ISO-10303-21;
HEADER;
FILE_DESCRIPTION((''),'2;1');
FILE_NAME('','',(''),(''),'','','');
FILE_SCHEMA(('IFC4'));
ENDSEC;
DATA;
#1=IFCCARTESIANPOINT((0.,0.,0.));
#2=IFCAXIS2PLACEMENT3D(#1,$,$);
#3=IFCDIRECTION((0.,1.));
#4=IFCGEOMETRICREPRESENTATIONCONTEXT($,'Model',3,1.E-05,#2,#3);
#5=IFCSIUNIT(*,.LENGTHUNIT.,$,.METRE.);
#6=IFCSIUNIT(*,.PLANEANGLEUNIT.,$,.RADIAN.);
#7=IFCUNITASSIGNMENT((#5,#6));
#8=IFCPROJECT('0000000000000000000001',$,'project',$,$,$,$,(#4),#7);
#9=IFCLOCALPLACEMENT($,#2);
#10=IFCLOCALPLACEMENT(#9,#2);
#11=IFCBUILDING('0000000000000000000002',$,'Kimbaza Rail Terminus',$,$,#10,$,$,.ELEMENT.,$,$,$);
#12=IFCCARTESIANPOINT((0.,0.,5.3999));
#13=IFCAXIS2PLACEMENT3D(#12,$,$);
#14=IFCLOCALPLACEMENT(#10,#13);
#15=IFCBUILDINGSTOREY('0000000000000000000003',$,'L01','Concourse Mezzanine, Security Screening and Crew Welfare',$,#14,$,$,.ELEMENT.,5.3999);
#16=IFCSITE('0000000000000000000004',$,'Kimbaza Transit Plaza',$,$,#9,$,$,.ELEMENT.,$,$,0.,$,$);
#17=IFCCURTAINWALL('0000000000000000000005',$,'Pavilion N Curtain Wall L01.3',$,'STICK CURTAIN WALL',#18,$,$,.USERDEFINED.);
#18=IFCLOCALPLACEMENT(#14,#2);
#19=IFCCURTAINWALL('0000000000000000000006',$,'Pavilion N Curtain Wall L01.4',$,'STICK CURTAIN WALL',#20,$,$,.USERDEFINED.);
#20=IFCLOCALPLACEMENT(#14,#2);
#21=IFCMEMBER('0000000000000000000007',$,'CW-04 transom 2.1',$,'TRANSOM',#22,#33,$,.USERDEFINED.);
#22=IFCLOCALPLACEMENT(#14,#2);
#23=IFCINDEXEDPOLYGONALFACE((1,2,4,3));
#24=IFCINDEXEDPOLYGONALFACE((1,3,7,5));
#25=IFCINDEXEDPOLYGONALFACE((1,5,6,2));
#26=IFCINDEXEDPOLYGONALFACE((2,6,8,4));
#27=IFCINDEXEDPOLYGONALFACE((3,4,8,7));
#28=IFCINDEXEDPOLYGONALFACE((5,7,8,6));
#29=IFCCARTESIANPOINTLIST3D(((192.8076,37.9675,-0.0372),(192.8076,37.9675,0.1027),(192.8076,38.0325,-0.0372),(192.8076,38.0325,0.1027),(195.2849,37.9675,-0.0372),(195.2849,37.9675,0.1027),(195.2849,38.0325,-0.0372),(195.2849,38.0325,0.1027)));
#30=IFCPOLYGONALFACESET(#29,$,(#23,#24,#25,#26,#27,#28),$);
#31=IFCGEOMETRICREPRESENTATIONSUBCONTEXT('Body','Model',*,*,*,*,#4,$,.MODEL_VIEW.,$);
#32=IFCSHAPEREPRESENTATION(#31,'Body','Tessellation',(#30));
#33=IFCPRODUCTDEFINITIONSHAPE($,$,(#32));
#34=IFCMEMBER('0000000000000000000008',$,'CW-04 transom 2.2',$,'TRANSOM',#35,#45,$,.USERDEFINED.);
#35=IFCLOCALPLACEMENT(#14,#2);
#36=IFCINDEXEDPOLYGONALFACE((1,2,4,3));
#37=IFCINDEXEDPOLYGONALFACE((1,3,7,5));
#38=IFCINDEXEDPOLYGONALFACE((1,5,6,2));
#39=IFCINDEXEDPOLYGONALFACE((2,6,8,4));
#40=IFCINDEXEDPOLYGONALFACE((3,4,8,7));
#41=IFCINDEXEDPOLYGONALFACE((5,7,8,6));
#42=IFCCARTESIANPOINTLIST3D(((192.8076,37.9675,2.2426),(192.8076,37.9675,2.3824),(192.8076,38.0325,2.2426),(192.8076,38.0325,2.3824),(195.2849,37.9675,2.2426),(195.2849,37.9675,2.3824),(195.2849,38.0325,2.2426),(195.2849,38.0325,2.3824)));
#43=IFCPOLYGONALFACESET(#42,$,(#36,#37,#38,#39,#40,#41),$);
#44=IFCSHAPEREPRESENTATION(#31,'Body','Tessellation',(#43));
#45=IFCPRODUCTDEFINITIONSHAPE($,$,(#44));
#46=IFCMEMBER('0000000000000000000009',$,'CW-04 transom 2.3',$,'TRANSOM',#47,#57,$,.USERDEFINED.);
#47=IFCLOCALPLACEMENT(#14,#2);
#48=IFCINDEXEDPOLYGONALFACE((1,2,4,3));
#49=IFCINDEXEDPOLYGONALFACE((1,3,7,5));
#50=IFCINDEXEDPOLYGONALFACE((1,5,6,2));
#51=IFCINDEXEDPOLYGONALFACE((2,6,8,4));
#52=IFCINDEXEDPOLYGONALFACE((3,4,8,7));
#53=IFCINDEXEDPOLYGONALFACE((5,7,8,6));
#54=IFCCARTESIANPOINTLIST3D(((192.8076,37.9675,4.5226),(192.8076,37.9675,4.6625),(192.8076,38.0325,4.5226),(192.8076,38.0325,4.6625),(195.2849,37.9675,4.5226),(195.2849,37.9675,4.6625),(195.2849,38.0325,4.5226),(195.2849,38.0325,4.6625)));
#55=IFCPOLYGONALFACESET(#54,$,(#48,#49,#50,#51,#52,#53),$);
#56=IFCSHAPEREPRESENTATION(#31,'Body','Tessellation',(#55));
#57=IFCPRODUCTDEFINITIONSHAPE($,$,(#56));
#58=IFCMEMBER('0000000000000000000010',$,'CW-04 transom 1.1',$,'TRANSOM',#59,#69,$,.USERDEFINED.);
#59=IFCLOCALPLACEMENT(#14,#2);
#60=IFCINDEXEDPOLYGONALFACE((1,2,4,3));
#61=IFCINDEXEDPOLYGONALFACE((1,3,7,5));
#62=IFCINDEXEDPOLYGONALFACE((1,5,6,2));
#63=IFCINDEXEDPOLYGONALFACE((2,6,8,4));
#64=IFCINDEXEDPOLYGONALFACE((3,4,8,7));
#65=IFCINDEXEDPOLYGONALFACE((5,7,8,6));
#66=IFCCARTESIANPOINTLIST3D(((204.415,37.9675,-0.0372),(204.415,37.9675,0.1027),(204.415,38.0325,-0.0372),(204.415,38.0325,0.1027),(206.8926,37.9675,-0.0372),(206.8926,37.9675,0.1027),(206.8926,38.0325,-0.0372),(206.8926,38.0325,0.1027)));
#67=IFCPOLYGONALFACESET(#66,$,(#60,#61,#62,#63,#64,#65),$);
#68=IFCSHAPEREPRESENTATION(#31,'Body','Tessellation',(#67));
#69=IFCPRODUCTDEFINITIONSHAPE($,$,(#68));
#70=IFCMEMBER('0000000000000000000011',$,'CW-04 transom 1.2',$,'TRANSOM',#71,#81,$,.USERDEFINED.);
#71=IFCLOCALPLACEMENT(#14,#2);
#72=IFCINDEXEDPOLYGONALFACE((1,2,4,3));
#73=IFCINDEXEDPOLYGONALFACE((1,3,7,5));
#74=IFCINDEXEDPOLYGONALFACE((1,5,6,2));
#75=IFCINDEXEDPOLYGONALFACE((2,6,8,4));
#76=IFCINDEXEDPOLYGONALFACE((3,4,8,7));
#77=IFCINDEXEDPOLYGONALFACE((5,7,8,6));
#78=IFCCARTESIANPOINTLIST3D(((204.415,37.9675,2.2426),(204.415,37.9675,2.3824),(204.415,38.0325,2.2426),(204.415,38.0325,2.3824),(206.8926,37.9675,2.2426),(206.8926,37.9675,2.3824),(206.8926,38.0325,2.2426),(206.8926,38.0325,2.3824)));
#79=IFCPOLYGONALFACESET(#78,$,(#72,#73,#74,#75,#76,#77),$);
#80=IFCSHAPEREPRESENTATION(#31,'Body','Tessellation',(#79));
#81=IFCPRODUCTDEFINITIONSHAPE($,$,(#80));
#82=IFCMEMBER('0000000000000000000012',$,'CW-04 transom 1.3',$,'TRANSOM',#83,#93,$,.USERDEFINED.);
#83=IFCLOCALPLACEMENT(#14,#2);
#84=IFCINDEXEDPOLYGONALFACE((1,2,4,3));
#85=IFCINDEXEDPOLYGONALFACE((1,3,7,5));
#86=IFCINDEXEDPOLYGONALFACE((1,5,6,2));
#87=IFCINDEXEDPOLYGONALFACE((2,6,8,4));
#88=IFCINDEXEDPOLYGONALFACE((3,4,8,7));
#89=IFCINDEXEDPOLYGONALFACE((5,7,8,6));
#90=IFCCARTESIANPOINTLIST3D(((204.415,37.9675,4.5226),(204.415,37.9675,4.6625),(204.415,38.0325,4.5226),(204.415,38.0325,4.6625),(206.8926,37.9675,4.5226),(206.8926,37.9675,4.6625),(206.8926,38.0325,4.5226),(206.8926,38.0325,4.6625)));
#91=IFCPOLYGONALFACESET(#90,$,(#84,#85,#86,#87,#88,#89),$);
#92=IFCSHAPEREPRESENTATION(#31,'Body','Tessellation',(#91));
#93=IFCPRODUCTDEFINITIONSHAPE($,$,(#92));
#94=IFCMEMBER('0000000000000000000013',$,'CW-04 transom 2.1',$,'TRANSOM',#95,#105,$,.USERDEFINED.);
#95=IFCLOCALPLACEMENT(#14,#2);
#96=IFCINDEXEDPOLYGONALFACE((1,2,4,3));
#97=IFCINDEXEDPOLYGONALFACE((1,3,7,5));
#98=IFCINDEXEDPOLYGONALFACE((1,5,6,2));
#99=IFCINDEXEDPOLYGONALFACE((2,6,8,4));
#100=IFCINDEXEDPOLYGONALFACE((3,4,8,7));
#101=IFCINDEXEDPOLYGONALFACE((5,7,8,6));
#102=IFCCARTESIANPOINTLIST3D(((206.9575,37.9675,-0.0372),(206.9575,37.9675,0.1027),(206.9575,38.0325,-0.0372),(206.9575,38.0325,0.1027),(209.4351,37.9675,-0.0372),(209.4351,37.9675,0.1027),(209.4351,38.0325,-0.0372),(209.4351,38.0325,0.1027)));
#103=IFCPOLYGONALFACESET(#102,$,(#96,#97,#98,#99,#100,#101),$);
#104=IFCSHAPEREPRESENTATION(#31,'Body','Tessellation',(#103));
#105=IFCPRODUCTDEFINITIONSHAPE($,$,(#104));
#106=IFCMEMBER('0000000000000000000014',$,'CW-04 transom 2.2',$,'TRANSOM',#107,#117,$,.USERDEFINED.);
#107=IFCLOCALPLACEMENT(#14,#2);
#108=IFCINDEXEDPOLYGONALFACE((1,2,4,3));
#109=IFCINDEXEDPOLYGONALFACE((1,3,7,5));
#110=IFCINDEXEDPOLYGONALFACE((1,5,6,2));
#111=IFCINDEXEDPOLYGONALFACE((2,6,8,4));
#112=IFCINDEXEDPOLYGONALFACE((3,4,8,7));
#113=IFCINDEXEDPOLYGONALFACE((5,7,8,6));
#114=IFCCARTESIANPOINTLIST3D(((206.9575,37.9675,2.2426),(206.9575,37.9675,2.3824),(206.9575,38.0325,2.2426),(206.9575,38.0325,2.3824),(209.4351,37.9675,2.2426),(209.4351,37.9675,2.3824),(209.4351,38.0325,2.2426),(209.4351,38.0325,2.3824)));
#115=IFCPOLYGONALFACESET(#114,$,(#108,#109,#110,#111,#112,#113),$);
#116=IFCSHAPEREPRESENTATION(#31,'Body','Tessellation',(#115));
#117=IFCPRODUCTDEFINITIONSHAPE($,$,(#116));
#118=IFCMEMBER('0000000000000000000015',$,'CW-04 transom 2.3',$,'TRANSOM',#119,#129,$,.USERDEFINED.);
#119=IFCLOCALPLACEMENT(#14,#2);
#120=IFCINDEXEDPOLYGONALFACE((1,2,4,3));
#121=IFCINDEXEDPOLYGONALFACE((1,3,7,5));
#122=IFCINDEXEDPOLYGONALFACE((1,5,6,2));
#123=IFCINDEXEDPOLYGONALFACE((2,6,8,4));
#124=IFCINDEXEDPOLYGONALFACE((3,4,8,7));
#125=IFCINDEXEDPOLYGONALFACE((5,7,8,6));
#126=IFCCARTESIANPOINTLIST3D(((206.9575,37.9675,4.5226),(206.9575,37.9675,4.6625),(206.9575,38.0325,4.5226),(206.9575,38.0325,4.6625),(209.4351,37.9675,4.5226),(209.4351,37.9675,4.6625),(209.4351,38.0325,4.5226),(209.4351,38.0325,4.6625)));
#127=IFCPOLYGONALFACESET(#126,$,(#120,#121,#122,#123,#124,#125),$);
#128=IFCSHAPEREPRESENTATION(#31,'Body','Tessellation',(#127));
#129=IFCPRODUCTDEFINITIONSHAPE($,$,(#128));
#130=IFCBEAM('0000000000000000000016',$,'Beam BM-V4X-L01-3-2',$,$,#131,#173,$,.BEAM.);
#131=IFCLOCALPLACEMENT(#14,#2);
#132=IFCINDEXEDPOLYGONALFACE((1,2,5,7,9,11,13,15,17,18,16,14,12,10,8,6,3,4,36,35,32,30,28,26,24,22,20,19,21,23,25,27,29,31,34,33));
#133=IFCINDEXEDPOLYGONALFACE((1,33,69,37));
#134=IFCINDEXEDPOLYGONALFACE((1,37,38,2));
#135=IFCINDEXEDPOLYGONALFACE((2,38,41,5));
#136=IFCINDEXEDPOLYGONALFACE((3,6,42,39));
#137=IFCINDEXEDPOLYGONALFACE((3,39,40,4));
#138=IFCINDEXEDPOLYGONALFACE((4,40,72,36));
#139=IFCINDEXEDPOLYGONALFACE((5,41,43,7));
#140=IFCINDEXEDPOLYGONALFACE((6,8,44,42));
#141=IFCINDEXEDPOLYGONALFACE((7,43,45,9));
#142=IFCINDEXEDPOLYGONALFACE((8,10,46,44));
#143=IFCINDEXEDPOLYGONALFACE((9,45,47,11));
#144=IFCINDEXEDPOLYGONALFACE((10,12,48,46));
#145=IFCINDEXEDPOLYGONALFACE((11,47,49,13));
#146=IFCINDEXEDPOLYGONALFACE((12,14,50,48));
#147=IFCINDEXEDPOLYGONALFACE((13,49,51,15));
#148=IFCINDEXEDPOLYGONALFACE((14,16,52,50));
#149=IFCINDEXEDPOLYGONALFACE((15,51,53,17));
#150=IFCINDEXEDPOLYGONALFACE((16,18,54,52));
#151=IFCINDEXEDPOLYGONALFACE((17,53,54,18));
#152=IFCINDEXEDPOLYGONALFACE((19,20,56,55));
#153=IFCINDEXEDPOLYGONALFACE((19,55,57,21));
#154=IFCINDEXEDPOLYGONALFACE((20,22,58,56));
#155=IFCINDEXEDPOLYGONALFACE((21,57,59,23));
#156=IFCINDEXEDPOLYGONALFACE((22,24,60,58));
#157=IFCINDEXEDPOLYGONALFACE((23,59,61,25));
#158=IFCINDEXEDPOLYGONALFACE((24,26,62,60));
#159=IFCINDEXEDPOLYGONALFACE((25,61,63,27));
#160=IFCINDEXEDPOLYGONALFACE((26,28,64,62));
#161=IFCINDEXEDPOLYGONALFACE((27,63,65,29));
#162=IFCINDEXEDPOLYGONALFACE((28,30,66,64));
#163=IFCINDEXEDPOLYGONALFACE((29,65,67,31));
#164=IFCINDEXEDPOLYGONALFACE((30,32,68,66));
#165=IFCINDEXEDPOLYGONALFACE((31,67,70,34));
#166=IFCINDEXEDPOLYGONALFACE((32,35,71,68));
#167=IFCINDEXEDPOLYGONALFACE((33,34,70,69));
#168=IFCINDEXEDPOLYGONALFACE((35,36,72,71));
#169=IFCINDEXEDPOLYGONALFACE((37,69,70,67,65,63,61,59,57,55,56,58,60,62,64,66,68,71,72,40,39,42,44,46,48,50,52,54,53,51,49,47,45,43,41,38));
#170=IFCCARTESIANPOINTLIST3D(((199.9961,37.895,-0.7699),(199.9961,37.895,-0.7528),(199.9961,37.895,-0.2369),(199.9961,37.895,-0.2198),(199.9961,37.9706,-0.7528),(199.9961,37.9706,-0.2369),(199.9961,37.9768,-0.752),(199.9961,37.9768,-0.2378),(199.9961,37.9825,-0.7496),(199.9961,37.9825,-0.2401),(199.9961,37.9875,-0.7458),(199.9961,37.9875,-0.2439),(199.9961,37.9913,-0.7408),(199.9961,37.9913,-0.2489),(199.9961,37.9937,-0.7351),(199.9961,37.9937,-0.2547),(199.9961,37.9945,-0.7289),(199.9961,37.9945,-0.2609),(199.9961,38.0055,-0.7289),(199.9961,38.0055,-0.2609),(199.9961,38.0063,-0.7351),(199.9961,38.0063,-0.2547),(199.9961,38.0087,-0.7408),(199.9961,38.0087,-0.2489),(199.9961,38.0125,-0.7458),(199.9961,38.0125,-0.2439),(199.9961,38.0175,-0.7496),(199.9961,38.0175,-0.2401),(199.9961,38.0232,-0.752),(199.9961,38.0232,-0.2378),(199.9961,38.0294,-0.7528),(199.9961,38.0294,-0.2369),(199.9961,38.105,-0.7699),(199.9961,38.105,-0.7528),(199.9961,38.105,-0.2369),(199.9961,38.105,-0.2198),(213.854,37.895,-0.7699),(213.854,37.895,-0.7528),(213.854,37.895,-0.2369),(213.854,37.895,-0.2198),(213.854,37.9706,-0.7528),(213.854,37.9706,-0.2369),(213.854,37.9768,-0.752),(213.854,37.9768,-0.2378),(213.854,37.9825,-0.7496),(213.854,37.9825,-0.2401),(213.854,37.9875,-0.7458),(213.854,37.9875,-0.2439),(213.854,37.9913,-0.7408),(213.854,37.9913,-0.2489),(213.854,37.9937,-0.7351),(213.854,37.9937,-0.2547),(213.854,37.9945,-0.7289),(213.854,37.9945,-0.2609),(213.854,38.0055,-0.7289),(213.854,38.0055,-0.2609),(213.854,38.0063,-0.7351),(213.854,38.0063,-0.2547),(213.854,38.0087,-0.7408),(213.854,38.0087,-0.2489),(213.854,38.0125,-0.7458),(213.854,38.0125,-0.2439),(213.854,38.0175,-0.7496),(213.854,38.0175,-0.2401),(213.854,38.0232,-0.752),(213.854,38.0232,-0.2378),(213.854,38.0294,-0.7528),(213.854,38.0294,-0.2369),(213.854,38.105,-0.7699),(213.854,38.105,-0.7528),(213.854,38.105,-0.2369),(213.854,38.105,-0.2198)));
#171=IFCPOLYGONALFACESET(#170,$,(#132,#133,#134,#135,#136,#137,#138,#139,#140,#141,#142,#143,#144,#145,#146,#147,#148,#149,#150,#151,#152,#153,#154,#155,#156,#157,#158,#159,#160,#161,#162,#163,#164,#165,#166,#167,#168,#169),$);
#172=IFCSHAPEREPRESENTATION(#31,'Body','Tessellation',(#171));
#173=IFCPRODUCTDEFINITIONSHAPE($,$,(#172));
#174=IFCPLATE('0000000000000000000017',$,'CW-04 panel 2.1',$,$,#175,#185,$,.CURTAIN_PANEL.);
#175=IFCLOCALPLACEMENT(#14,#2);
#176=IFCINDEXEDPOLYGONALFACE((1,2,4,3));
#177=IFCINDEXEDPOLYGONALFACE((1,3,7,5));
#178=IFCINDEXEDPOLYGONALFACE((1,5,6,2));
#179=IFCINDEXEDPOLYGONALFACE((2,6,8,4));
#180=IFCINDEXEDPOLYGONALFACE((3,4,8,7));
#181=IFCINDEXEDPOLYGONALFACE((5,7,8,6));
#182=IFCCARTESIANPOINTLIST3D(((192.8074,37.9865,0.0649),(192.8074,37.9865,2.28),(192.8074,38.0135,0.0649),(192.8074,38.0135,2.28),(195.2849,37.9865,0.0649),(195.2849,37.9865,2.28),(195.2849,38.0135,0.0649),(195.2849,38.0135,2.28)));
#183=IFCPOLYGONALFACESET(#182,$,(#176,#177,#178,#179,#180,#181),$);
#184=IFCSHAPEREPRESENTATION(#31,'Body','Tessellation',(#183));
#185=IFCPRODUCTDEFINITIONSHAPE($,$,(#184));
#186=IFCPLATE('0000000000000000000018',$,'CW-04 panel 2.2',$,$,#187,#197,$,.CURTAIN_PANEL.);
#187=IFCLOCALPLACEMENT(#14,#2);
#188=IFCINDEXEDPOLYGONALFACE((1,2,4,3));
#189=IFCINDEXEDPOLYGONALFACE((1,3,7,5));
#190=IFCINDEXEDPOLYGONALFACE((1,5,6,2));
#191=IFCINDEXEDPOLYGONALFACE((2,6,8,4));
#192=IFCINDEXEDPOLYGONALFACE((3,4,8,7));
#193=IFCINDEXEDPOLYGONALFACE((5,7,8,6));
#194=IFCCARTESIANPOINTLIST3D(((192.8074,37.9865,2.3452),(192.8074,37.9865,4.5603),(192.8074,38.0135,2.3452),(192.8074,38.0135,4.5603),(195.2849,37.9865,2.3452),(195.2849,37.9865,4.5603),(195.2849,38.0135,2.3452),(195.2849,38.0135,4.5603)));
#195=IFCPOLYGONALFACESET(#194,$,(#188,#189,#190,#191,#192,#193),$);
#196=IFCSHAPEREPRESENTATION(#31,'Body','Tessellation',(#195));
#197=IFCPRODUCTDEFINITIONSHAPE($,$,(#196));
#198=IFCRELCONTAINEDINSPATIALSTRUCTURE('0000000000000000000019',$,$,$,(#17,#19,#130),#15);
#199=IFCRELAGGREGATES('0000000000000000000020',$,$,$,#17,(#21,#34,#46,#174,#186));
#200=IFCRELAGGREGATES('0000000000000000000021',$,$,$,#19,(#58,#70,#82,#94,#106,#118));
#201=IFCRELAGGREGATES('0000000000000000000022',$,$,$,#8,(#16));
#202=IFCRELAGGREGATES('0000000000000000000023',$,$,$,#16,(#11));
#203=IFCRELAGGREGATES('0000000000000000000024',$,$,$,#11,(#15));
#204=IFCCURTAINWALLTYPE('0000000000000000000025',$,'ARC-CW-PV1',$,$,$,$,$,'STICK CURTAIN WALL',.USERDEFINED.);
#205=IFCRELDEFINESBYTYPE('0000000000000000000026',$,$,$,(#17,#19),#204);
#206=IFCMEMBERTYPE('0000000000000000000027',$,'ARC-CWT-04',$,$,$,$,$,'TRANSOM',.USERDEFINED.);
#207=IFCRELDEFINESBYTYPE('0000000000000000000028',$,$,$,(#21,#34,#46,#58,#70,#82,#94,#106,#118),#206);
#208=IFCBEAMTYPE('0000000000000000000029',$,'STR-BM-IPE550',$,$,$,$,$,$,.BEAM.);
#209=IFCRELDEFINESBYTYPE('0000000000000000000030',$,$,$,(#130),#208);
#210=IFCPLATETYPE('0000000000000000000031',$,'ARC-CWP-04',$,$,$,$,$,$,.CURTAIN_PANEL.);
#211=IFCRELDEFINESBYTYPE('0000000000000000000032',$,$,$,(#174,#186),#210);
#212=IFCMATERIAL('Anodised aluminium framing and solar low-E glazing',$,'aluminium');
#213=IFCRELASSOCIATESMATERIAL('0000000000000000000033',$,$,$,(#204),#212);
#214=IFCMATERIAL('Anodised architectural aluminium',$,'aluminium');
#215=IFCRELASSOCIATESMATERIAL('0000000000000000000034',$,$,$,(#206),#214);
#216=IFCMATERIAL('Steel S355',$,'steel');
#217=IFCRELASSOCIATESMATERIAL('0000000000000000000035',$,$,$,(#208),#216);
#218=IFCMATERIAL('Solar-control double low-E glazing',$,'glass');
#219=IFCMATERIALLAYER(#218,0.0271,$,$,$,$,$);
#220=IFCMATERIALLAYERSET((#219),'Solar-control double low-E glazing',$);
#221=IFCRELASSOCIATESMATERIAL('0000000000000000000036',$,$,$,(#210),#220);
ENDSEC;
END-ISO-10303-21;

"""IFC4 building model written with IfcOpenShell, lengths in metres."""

from ifc_helpers import new_model, si_unit, direction, frame, origin, origin_2d, place, context, subcontext, project, spatial, rectangle, i_section, extrude, material, layer, layer_set, material_profile, profile_set, type_object, element, aggregate, save


model = new_model("IFC4")

# Units and contexts
model_context = context("Model", 3, precision=1e-05, world=origin(), true_north=direction((0.0, 1.0)))
body_context = subcontext(model_context, "Body", "Model", "MODEL_VIEW")
ifc_project = project(units=[si_unit("LENGTHUNIT", "METRE"), si_unit("PLANEANGLEUNIT", "RADIAN")], contexts=[model_context])

# Site, building, storey
site_placement = place(None, origin())
site = spatial("IfcSite", under=ifc_project, at=site_placement, Name="Kimbaza Transit Plaza", CompositionType="ELEMENT", RefElevation=0.0)
building_placement = place(site_placement, origin())
building = spatial("IfcBuilding", under=site, at=building_placement, Name="Kimbaza Rail Terminus", CompositionType="ELEMENT")
storey_placement = place(building_placement, frame((0.0, 0.0, 5.3999)))
storey = spatial("IfcBuildingStorey", under=building, at=storey_placement, Name="L01", Description="Concourse Mezzanine, Security Screening and Crew Welfare", CompositionType="ELEMENT", Elevation=5.3999)

# Curtain wall
ifc_material_1 = material(Name="Anodised aluminium framing and solar low-E glazing", Category="aluminium")
curtain_wall_type = type_object("IfcCurtainWallType", Name="ARC-CW-PV1", ElementType="STICK CURTAIN WALL", PredefinedType="USERDEFINED", material=ifc_material_1)
curtain_wall_1_placement = place(storey_placement, origin())
curtain_wall_1 = element("IfcCurtainWall", 1, at=curtain_wall_1_placement, inside=storey, type_object=curtain_wall_type, Name="Pavilion N Curtain Wall L01.3", ObjectType="STICK CURTAIN WALL", PredefinedType="USERDEFINED")

# Curtain wall
curtain_wall_2_placement = place(storey_placement, origin())
curtain_wall_2 = element("IfcCurtainWall", 2, at=curtain_wall_2_placement, inside=storey, type_object=curtain_wall_type, Name="Pavilion N Curtain Wall L01.4", ObjectType="STICK CURTAIN WALL", PredefinedType="USERDEFINED")

# Members
ifc_material_2 = material(Name="Anodised architectural aluminium", Category="aluminium")
ifc_material_profile_1 = material_profile(ifc_material_2, rectangle(XDim=0.0649, YDim=0.1399, at=origin_2d()), Name="TRANSOM 65x140")
ifc_profile_set_1 = profile_set([ifc_material_profile_1], Name="Anodised architectural aluminium")
member_type_1 = type_object("IfcMemberType", Name="ARC-CWT-04", ElementType="TRANSOM", PredefinedType="USERDEFINED", material=ifc_profile_set_1)
member_1_placement = place(storey_placement, frame((192.8076, 38.0, 0.0327), z_axis=(1.0, 0.0, 0.0), x_axis=(0.0, 1.0, 0.0)))
member_1 = element("IfcMember", 3, at=member_1_placement, type_object=member_type_1, Name="CW-04 transom 2.1", ObjectType="TRANSOM", PredefinedType="USERDEFINED", context=body_context, shape_type="SweptSolid", body=[
    extrude(rectangle(XDim=0.0649, YDim=0.1399, at=origin_2d()), origin(), (0.0, 0.0, 1.0), 2.4773),
])
member_2_placement = place(storey_placement, frame((192.8076, 38.0, 2.3125), z_axis=(1.0, 0.0, 0.0), x_axis=(0.0, 1.0, 0.0)))
member_2 = element("IfcMember", 4, at=member_2_placement, type_object=member_type_1, Name="CW-04 transom 2.2", ObjectType="TRANSOM", PredefinedType="USERDEFINED", context=body_context, shape_type="SweptSolid", body=[
    extrude(rectangle(XDim=0.0649, YDim=0.1399, at=origin_2d()), origin(), (0.0, 0.0, 1.0), 2.4773),
])
member_3_placement = place(storey_placement, frame((192.8076, 38.0, 4.5925), z_axis=(1.0, 0.0, 0.0), x_axis=(0.0, 1.0, 0.0)))
member_3 = element("IfcMember", 5, at=member_3_placement, type_object=member_type_1, Name="CW-04 transom 2.3", ObjectType="TRANSOM", PredefinedType="USERDEFINED", context=body_context, shape_type="SweptSolid", body=[
    extrude(rectangle(XDim=0.0649, YDim=0.1399, at=origin_2d()), origin(), (0.0, 0.0, 1.0), 2.4773),
])
member_4_placement = place(storey_placement, frame((204.415, 38.0, 0.0327), z_axis=(1.0, 0.0, 0.0), x_axis=(0.0, 1.0, 0.0)))
member_4 = element("IfcMember", 6, at=member_4_placement, type_object=member_type_1, Name="CW-04 transom 1.1", ObjectType="TRANSOM", PredefinedType="USERDEFINED", context=body_context, shape_type="SweptSolid", body=[
    extrude(rectangle(XDim=0.0649, YDim=0.1399, at=origin_2d()), origin(), (0.0, 0.0, 1.0), 2.4775),
])
member_5_placement = place(storey_placement, frame((204.415, 38.0, 2.3125), z_axis=(1.0, 0.0, 0.0), x_axis=(0.0, 1.0, 0.0)))
member_5 = element("IfcMember", 7, at=member_5_placement, type_object=member_type_1, Name="CW-04 transom 1.2", ObjectType="TRANSOM", PredefinedType="USERDEFINED", context=body_context, shape_type="SweptSolid", body=[
    extrude(rectangle(XDim=0.0649, YDim=0.1399, at=origin_2d()), origin(), (0.0, 0.0, 1.0), 2.4775),
])
member_6_placement = place(storey_placement, frame((204.415, 38.0, 4.5925), z_axis=(1.0, 0.0, 0.0), x_axis=(0.0, 1.0, 0.0)))
member_6 = element("IfcMember", 8, at=member_6_placement, type_object=member_type_1, Name="CW-04 transom 1.3", ObjectType="TRANSOM", PredefinedType="USERDEFINED", context=body_context, shape_type="SweptSolid", body=[
    extrude(rectangle(XDim=0.0649, YDim=0.1399, at=origin_2d()), origin(), (0.0, 0.0, 1.0), 2.4775),
])
member_7_placement = place(storey_placement, frame((206.9575, 38.0, 0.0327), z_axis=(1.0, 0.0, 0.0), x_axis=(0.0, 1.0, 0.0)))
member_7 = element("IfcMember", 9, at=member_7_placement, type_object=member_type_1, Name="CW-04 transom 2.1", ObjectType="TRANSOM", PredefinedType="USERDEFINED", context=body_context, shape_type="SweptSolid", body=[
    extrude(rectangle(XDim=0.0649, YDim=0.1399, at=origin_2d()), origin(), (0.0, 0.0, 1.0), 2.4775),
])
member_8_placement = place(storey_placement, frame((206.9575, 38.0, 2.3125), z_axis=(1.0, 0.0, 0.0), x_axis=(0.0, 1.0, 0.0)))
member_8 = element("IfcMember", 10, at=member_8_placement, type_object=member_type_1, Name="CW-04 transom 2.2", ObjectType="TRANSOM", PredefinedType="USERDEFINED", context=body_context, shape_type="SweptSolid", body=[
    extrude(rectangle(XDim=0.0649, YDim=0.1399, at=origin_2d()), origin(), (0.0, 0.0, 1.0), 2.4775),
])
member_9_placement = place(storey_placement, frame((206.9575, 38.0, 4.5925), z_axis=(1.0, 0.0, 0.0), x_axis=(0.0, 1.0, 0.0)))
member_9 = element("IfcMember", 11, at=member_9_placement, type_object=member_type_1, Name="CW-04 transom 2.3", ObjectType="TRANSOM", PredefinedType="USERDEFINED", context=body_context, shape_type="SweptSolid", body=[
    extrude(rectangle(XDim=0.0649, YDim=0.1399, at=origin_2d()), origin(), (0.0, 0.0, 1.0), 2.4775),
])

# Beam
ifc_material_3 = material(Name="Steel S355", Category="steel")
ifc_material_profile_2 = material_profile(ifc_material_3, i_section(OverallWidth=0.21, OverallDepth=0.55, WebThickness=0.011, FlangeThickness=0.0171, FilletRadius=0.0239, at=origin_2d()), Name="IPE 550")
ifc_profile_set_2 = profile_set([ifc_material_profile_2], Name="Steel S355")
beam_type = type_object("IfcBeamType", Name="STR-BM-IPE550", PredefinedType="BEAM", material=ifc_profile_set_2)
beam_placement = place(storey_placement, frame((199.9961, 38.0, -0.4949), z_axis=(1.0, 0.0, 0.0), x_axis=(0.0, 1.0, 0.0)))
element("IfcBeam", 12, at=beam_placement, inside=storey, type_object=beam_type, Name="Beam BM-V4X-L01-3-2", PredefinedType="BEAM", context=body_context, shape_type="SweptSolid", body=[
    extrude(i_section(OverallWidth=0.21, OverallDepth=0.55, WebThickness=0.011, FlangeThickness=0.0171, FilletRadius=0.0239, at=origin_2d()), origin(), (0.0, 0.0, 1.0), 13.8579),
])

# Plates
ifc_material_4 = material(Name="Solar-control double low-E glazing", Category="glass")
ifc_layer_1 = layer(ifc_material_4, 0.0271)
ifc_layer_set_1 = layer_set([ifc_layer_1], Name="Solar-control double low-E glazing")
plate_type = type_object("IfcPlateType", Name="ARC-CWP-04", PredefinedType="CURTAIN_PANEL", material=ifc_layer_set_1)
plate_1_placement = place(storey_placement, frame((194.0461, 38.0, 0.0649), z_axis=(0.0, 0.0, 1.0), x_axis=(1.0, 0.0, 0.0)))
plate_1 = element("IfcPlate", 13, at=plate_1_placement, type_object=plate_type, Name="CW-04 panel 2.1", PredefinedType="CURTAIN_PANEL", context=body_context, shape_type="SweptSolid", body=[
    extrude(rectangle(XDim=2.4775, YDim=0.0271, at=origin_2d()), origin(), (0.0, 0.0, 1.0), 2.2151),
])
plate_2_placement = place(storey_placement, frame((194.0461, 38.0, 2.3452), z_axis=(0.0, 0.0, 1.0), x_axis=(1.0, 0.0, 0.0)))
plate_2 = element("IfcPlate", 14, at=plate_2_placement, type_object=plate_type, Name="CW-04 panel 2.2", PredefinedType="CURTAIN_PANEL", context=body_context, shape_type="SweptSolid", body=[
    extrude(rectangle(XDim=2.4775, YDim=0.0271, at=origin_2d()), origin(), (0.0, 0.0, 1.0), 2.2151),
])
aggregate(curtain_wall_1, [member_1, member_2, member_3, plate_1, plate_2])
aggregate(curtain_wall_2, [member_4, member_5, member_6, member_7, member_8, member_9])

save(model, "model.ifc")
